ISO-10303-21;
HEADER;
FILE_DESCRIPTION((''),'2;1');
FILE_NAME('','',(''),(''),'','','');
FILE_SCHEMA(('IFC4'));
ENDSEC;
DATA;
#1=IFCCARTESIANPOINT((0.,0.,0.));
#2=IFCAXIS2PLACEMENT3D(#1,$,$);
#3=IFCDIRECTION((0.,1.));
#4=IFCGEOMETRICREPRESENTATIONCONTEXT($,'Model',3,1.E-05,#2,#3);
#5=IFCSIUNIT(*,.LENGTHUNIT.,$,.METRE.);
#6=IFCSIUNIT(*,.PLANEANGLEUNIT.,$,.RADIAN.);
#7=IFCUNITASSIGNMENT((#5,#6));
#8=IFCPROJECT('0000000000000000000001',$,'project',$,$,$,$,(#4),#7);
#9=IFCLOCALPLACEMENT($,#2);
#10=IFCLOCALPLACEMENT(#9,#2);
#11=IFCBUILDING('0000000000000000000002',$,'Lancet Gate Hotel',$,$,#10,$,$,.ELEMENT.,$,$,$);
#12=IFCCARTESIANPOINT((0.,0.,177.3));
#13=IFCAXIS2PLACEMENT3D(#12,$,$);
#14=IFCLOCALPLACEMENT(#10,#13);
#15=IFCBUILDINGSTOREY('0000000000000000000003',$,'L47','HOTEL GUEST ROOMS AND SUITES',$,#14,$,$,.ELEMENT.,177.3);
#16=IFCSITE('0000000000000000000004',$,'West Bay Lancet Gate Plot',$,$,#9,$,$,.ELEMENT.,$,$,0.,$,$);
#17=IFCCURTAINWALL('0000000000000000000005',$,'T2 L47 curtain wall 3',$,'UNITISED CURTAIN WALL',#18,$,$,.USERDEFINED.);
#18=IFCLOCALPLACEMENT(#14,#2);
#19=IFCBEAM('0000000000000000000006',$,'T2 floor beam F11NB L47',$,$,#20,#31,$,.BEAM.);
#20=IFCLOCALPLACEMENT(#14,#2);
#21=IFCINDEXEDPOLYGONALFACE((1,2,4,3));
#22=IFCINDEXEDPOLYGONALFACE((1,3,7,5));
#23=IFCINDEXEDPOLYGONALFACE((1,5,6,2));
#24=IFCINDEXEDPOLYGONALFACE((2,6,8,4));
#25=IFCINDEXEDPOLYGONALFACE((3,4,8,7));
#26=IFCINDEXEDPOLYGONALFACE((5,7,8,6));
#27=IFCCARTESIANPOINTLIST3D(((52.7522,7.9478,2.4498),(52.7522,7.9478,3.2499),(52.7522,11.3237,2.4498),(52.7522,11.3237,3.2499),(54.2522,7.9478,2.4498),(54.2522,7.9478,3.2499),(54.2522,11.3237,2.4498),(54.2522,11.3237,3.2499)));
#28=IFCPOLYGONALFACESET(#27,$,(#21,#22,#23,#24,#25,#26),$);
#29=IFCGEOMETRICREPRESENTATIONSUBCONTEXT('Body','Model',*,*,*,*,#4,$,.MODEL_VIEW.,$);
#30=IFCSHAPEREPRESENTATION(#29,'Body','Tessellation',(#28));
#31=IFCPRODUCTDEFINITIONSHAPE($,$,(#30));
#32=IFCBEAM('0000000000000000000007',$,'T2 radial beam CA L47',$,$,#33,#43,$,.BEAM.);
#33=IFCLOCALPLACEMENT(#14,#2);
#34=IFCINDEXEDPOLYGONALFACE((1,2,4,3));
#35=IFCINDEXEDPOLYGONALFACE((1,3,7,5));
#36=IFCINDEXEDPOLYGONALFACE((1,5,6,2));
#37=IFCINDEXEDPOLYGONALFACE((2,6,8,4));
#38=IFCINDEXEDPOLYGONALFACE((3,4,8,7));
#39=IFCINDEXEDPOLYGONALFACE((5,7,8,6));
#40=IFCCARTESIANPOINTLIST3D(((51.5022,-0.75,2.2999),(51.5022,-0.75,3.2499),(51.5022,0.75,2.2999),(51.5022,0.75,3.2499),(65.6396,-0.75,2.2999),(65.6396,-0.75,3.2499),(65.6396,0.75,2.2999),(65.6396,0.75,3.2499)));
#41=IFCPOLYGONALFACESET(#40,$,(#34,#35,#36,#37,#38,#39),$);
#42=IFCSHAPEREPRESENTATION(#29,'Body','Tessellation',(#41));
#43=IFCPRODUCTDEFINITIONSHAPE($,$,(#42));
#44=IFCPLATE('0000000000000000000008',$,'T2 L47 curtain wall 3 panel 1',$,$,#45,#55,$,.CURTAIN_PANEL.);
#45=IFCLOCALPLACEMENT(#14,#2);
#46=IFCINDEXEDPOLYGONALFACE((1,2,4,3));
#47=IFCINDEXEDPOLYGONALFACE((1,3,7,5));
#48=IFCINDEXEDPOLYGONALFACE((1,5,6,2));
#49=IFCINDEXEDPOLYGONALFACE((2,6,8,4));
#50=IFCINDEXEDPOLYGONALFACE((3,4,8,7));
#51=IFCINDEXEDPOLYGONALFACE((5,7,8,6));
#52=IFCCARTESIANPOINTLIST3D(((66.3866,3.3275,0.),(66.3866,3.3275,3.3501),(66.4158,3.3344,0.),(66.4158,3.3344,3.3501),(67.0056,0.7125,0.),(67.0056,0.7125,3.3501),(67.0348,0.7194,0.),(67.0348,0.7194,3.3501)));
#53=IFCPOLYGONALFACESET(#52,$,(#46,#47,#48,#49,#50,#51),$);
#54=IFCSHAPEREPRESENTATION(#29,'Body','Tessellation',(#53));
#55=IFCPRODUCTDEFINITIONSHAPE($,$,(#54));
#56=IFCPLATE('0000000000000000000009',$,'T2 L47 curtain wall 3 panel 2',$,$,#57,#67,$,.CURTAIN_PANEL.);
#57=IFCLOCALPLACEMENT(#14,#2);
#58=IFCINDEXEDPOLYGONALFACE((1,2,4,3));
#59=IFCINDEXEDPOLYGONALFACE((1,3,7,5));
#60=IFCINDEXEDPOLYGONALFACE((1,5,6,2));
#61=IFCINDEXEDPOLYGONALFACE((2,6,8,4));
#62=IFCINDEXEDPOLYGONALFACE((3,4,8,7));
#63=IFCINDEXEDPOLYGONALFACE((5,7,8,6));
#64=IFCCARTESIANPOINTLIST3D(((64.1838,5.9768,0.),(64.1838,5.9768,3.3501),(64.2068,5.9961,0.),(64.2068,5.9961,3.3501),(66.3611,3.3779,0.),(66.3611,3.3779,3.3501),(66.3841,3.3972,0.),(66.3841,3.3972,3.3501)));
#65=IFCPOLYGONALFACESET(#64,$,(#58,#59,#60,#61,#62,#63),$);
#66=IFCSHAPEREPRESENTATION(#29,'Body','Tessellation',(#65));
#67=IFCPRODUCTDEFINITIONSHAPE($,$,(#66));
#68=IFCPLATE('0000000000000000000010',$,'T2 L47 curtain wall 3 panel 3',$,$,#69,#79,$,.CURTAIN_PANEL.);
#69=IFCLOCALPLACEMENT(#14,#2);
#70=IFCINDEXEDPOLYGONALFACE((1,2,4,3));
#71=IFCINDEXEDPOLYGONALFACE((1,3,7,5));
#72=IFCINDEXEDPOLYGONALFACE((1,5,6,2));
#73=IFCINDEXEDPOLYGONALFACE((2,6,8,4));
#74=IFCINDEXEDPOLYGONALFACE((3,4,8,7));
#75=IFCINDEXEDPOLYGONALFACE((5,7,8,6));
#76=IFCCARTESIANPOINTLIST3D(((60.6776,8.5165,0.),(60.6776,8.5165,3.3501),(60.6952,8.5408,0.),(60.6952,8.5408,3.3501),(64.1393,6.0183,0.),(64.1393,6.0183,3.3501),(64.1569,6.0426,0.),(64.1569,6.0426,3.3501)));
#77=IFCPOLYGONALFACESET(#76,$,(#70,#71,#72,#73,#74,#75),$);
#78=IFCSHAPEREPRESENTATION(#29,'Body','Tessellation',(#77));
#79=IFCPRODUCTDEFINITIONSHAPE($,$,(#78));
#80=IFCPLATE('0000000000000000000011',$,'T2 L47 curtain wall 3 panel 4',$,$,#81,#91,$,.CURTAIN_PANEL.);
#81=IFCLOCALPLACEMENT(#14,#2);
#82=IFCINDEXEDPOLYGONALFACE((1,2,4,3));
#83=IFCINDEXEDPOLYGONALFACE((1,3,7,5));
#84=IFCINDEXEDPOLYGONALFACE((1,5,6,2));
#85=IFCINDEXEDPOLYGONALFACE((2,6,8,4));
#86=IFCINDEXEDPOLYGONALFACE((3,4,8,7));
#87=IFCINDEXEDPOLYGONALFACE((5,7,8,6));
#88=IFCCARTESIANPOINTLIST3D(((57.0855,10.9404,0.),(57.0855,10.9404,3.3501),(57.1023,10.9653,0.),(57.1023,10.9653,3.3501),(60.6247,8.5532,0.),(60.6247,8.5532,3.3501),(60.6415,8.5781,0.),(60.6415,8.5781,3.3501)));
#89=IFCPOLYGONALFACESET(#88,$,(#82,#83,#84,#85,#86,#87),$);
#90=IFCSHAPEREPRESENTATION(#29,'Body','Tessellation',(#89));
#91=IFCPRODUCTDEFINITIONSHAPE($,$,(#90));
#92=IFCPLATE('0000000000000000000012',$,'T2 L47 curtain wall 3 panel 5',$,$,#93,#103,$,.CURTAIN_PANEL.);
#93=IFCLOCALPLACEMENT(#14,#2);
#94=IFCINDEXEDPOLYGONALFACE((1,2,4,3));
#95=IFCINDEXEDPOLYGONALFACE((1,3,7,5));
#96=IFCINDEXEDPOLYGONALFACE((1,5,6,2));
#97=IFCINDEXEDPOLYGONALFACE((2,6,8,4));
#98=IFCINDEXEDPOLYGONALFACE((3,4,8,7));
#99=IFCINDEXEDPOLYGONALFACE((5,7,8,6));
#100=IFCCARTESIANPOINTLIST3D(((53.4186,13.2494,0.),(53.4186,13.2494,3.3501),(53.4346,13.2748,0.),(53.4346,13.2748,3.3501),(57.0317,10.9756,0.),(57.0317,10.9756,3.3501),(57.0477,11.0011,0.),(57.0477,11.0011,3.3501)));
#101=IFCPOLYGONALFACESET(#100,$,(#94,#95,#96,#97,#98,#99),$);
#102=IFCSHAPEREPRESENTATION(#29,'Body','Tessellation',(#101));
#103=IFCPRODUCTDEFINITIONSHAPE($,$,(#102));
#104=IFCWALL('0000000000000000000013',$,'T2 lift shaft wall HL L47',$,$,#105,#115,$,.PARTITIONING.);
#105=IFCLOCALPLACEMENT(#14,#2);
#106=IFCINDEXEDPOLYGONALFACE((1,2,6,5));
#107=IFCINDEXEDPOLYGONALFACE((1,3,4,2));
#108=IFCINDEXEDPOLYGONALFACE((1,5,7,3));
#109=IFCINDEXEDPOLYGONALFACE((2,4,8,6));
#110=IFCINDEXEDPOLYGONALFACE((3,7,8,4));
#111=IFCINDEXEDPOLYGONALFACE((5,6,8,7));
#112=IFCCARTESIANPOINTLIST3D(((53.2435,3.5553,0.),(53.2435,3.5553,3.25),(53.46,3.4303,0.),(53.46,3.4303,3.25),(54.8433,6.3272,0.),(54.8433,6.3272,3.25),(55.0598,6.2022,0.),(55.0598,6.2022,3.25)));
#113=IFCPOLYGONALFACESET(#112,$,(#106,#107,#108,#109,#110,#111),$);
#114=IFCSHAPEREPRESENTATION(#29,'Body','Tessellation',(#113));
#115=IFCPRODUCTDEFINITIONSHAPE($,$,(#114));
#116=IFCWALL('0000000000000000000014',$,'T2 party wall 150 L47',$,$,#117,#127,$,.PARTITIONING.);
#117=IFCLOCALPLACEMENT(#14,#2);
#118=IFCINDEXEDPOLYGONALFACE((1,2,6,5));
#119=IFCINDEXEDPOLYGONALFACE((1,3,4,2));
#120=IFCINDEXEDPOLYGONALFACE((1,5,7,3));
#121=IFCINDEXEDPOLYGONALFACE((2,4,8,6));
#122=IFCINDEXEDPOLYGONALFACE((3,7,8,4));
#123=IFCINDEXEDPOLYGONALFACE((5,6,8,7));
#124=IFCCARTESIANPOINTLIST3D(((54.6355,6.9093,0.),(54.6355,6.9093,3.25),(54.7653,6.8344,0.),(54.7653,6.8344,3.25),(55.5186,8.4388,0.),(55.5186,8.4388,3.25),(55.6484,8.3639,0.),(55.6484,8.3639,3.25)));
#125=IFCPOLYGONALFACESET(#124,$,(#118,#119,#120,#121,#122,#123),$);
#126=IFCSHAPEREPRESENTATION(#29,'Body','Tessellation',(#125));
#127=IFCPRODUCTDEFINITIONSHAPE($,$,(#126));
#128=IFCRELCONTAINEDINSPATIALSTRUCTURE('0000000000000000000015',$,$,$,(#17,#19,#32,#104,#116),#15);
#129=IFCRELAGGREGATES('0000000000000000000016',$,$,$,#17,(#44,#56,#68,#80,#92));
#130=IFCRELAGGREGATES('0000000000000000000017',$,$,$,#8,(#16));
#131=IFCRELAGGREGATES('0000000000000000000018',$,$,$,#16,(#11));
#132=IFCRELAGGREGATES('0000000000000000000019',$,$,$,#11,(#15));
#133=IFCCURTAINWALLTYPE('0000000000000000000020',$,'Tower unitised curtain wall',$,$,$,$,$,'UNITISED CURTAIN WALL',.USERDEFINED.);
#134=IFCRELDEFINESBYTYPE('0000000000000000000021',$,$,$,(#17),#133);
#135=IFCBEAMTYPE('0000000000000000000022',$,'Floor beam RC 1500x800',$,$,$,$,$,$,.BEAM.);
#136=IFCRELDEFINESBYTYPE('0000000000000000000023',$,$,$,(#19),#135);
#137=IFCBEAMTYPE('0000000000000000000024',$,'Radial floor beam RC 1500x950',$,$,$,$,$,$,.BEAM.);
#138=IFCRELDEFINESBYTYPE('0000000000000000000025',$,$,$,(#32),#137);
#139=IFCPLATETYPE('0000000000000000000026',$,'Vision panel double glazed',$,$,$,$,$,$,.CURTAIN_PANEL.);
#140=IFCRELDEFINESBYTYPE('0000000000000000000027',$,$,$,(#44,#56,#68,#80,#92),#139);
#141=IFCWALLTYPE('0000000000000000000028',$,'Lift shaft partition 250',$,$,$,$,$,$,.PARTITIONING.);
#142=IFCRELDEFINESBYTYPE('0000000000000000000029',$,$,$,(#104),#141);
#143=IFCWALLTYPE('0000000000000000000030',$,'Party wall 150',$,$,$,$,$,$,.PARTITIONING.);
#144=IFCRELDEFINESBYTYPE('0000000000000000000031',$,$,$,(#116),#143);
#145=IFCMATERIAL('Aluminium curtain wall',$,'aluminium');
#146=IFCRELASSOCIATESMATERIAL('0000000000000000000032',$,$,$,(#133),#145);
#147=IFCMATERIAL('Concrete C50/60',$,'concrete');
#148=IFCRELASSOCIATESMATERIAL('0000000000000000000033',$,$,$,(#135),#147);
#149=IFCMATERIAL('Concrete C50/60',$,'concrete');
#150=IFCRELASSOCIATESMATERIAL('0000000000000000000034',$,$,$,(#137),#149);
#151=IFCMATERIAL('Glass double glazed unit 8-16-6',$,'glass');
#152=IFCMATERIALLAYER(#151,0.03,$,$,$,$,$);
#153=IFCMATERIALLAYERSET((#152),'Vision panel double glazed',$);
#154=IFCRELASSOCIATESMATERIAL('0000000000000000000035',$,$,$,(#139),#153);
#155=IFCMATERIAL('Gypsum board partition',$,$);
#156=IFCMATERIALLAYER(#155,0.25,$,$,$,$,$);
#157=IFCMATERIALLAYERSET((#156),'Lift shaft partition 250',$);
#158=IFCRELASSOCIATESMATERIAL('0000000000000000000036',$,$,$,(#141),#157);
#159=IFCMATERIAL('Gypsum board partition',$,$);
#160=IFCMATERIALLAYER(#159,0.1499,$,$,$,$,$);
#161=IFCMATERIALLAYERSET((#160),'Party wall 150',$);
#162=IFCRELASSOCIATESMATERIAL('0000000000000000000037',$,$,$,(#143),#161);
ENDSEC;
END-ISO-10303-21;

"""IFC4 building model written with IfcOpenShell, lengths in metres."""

from ifc_helpers import new_model, si_unit, direction, frame, frame_2d, origin, origin_2d, place, context, subcontext, project, spatial, rectangle, extrude, material, layer, layer_set, material_profile, profile_set, type_object, element, aggregate, save


model = new_model("IFC4")

# Units and contexts
model_context = context("Model", 3, precision=1e-05, world=origin(), true_north=direction((0.0, 1.0)))
body_context = subcontext(model_context, "Body", "Model", "MODEL_VIEW")
ifc_project = project(units=[si_unit("LENGTHUNIT", "METRE"), si_unit("PLANEANGLEUNIT", "RADIAN")], contexts=[model_context])

# Site, building, storey
site_placement = place(None, origin())
site = spatial("IfcSite", under=ifc_project, at=site_placement, Name="West Bay Lancet Gate Plot", CompositionType="ELEMENT", RefElevation=0.0)
building_placement = place(site_placement, origin())
building = spatial("IfcBuilding", under=site, at=building_placement, Name="Lancet Gate Hotel", CompositionType="ELEMENT")
storey_placement = place(building_placement, frame((0.0, 0.0, 177.3)))
storey = spatial("IfcBuildingStorey", under=building, at=storey_placement, Name="L47", Description="HOTEL GUEST ROOMS AND SUITES", CompositionType="ELEMENT", Elevation=177.3)

# Curtain wall
ifc_material_1 = material(Name="Aluminium curtain wall", Category="aluminium")
curtain_wall_type = type_object("IfcCurtainWallType", Name="Tower unitised curtain wall", ElementType="UNITISED CURTAIN WALL", PredefinedType="USERDEFINED", material=ifc_material_1)
curtain_wall_placement = place(storey_placement, origin())
curtain_wall = element("IfcCurtainWall", 1, at=curtain_wall_placement, inside=storey, type_object=curtain_wall_type, Name="T2 L47 curtain wall 3", ObjectType="UNITISED CURTAIN WALL", PredefinedType="USERDEFINED")

# Beams
ifc_material_2 = material(Name="Concrete C50/60", Category="concrete")
ifc_material_profile_1 = material_profile(ifc_material_2, rectangle(XDim=1.5, YDim=0.8, at=origin_2d()), Name="RC 1500x800")
ifc_profile_set_1 = profile_set([ifc_material_profile_1], Name="Concrete C50/60")
beam_type_1 = type_object("IfcBeamType", Name="Floor beam RC 1500x800", PredefinedType="BEAM", material=ifc_profile_set_1)
beam_1_placement = place(storey_placement, frame((53.5022, 7.9478, 2.8499), z_axis=(0.0, 1.0, 0.0), x_axis=(-1.0, 0.0, 0.0)))
element("IfcBeam", 2, at=beam_1_placement, inside=storey, type_object=beam_type_1, Name="T2 floor beam F11NB L47", PredefinedType="BEAM", context=body_context, shape_type="SweptSolid", body=[
    extrude(rectangle(XDim=1.5, YDim=0.8, at=origin_2d()), origin(), (0.0, 0.0, 1.0), 3.376),
])
ifc_material_3 = material(Name="Concrete C50/60", Category="concrete")
ifc_material_profile_2 = material_profile(ifc_material_3, rectangle(XDim=1.5, YDim=0.95, at=origin_2d()), Name="RC 1500x950")
ifc_profile_set_2 = profile_set([ifc_material_profile_2], Name="Concrete C50/60")
beam_type_2 = type_object("IfcBeamType", Name="Radial floor beam RC 1500x950", PredefinedType="BEAM", material=ifc_profile_set_2)
beam_2_placement = place(storey_placement, frame((65.6396, 0.0, 2.7749), z_axis=(-1.0, 0.0, 0.0), x_axis=(0.0, -1.0, 0.0)))
element("IfcBeam", 3, at=beam_2_placement, inside=storey, type_object=beam_type_2, Name="T2 radial beam CA L47", PredefinedType="BEAM", context=body_context, shape_type="SweptSolid", body=[
    extrude(rectangle(XDim=1.5, YDim=0.95, at=origin_2d()), origin(), (0.0, 0.0, 1.0), 14.1375),
])

# Plates
ifc_material_4 = material(Name="Glass double glazed unit 8-16-6", Category="glass")
ifc_layer_1 = layer(ifc_material_4, 0.03)
ifc_layer_set_1 = layer_set([ifc_layer_1], Name="Vision panel double glazed")
plate_type = type_object("IfcPlateType", Name="Vision panel double glazed", PredefinedType="CURTAIN_PANEL", material=ifc_layer_set_1)
plate_1_placement = place(storey_placement, frame((66.7107, 2.0234, 0.0), z_axis=(0.0, 0.0, 1.0), x_axis=(-0.230367, 0.973104, 0.0)))
plate_1 = element("IfcPlate", 4, at=plate_1_placement, type_object=plate_type, Name="T2 L47 curtain wall 3 panel 1", PredefinedType="CURTAIN_PANEL", context=body_context, shape_type="SweptSolid", body=[
    extrude(rectangle(XDim=2.6873, YDim=0.03, at=origin_2d()), origin(), (0.0, 0.0, 1.0), 3.3501),
])
plate_2_placement = place(storey_placement, frame((65.2839, 4.687, 0.0), z_axis=(0.0, 0.0, 1.0), x_axis=(-0.642199, 0.766538, 0.0)))
plate_2 = element("IfcPlate", 5, at=plate_2_placement, type_object=plate_type, Name="T2 L47 curtain wall 3 panel 2", PredefinedType="CURTAIN_PANEL", context=body_context, shape_type="SweptSolid", body=[
    extrude(rectangle(XDim=3.3904, YDim=0.03, at=origin_2d()), origin(), (0.0, 0.0, 1.0), 3.3501),
])
plate_3_placement = place(storey_placement, frame((62.4172, 7.2795, 0.0), z_axis=(0.0, 0.0, 1.0), x_axis=(-0.810891, 0.585197, 0.0)))
plate_3 = element("IfcPlate", 6, at=plate_3_placement, type_object=plate_type, Name="T2 L47 curtain wall 3 panel 3", PredefinedType="CURTAIN_PANEL", context=body_context, shape_type="SweptSolid", body=[
    extrude(rectangle(XDim=4.269, YDim=0.03, at=origin_2d()), origin(), (0.0, 0.0, 1.0), 3.3501),
])
plate_4_placement = place(storey_placement, frame((58.8635, 9.7593, 0.0), z_axis=(0.0, 0.0, 1.0), x_axis=(-0.829039, 0.559191, 0.0)))
plate_4 = element("IfcPlate", 7, at=plate_4_placement, type_object=plate_type, Name="T2 L47 curtain wall 3 panel 4", PredefinedType="CURTAIN_PANEL", context=body_context, shape_type="SweptSolid", body=[
    extrude(rectangle(XDim=4.269, YDim=0.03, at=origin_2d()), origin(), (0.0, 0.0, 1.0), 3.3501),
])
plate_5_placement = place(storey_placement, frame((55.2332, 12.1252, 0.0), z_axis=(0.0, 0.0, 1.0), x_axis=(-0.846352, 0.532623, 0.0)))
plate_5 = element("IfcPlate", 8, at=plate_5_placement, type_object=plate_type, Name="T2 L47 curtain wall 3 panel 5", PredefinedType="CURTAIN_PANEL", context=body_context, shape_type="SweptSolid", body=[
    extrude(rectangle(XDim=4.269, YDim=0.03, at=origin_2d()), origin(), (0.0, 0.0, 1.0), 3.3501),
])
aggregate(curtain_wall, [plate_1, plate_2, plate_3, plate_4, plate_5])

# Walls
ifc_material_5 = material(Name="Gypsum board partition")
ifc_layer_2 = layer(ifc_material_5, 0.25)
ifc_layer_set_2 = layer_set([ifc_layer_2], Name="Lift shaft partition 250")
wall_type_1 = type_object("IfcWallType", Name="Lift shaft partition 250", PredefinedType="PARTITIONING", material=ifc_layer_set_2)
wall_1_placement = place(storey_placement, frame((53.3518, 3.4929, 0.0), z_axis=(0.0, 0.0, 1.0), x_axis=(0.499872, 0.866099, 0.0)))
element("IfcWall", 9, at=wall_1_placement, inside=storey, type_object=wall_type_1, Name="T2 lift shaft wall HL L47", PredefinedType="PARTITIONING", context=body_context, shape_type="SweptSolid", body=[
    extrude(rectangle(XDim=3.2004, YDim=0.25, at=frame_2d((1.6001, 0.0))), origin(), (0.0, 0.0, 1.0), 3.25),
])
ifc_material_6 = material(Name="Gypsum board partition")
ifc_layer_3 = layer(ifc_material_6, 0.1499)
ifc_layer_set_3 = layer_set([ifc_layer_3], Name="Party wall 150")
wall_type_2 = type_object("IfcWallType", Name="Party wall 150", PredefinedType="PARTITIONING", material=ifc_layer_set_3)
wall_2_placement = place(storey_placement, frame((54.7004, 6.8718, 0.0), z_axis=(0.0, 0.0, 1.0), x_axis=(0.49999, 0.866031, 0.0)))
element("IfcWall", 10, at=wall_2_placement, inside=storey, type_object=wall_type_2, Name="T2 party wall 150 L47", PredefinedType="PARTITIONING", context=body_context, shape_type="SweptSolid", body=[
    extrude(rectangle(XDim=1.7661, YDim=0.1499, at=frame_2d((0.8831, 0.0))), origin(), (0.0, 0.0, 1.0), 3.25),
])

save(model, "model.ifc")
